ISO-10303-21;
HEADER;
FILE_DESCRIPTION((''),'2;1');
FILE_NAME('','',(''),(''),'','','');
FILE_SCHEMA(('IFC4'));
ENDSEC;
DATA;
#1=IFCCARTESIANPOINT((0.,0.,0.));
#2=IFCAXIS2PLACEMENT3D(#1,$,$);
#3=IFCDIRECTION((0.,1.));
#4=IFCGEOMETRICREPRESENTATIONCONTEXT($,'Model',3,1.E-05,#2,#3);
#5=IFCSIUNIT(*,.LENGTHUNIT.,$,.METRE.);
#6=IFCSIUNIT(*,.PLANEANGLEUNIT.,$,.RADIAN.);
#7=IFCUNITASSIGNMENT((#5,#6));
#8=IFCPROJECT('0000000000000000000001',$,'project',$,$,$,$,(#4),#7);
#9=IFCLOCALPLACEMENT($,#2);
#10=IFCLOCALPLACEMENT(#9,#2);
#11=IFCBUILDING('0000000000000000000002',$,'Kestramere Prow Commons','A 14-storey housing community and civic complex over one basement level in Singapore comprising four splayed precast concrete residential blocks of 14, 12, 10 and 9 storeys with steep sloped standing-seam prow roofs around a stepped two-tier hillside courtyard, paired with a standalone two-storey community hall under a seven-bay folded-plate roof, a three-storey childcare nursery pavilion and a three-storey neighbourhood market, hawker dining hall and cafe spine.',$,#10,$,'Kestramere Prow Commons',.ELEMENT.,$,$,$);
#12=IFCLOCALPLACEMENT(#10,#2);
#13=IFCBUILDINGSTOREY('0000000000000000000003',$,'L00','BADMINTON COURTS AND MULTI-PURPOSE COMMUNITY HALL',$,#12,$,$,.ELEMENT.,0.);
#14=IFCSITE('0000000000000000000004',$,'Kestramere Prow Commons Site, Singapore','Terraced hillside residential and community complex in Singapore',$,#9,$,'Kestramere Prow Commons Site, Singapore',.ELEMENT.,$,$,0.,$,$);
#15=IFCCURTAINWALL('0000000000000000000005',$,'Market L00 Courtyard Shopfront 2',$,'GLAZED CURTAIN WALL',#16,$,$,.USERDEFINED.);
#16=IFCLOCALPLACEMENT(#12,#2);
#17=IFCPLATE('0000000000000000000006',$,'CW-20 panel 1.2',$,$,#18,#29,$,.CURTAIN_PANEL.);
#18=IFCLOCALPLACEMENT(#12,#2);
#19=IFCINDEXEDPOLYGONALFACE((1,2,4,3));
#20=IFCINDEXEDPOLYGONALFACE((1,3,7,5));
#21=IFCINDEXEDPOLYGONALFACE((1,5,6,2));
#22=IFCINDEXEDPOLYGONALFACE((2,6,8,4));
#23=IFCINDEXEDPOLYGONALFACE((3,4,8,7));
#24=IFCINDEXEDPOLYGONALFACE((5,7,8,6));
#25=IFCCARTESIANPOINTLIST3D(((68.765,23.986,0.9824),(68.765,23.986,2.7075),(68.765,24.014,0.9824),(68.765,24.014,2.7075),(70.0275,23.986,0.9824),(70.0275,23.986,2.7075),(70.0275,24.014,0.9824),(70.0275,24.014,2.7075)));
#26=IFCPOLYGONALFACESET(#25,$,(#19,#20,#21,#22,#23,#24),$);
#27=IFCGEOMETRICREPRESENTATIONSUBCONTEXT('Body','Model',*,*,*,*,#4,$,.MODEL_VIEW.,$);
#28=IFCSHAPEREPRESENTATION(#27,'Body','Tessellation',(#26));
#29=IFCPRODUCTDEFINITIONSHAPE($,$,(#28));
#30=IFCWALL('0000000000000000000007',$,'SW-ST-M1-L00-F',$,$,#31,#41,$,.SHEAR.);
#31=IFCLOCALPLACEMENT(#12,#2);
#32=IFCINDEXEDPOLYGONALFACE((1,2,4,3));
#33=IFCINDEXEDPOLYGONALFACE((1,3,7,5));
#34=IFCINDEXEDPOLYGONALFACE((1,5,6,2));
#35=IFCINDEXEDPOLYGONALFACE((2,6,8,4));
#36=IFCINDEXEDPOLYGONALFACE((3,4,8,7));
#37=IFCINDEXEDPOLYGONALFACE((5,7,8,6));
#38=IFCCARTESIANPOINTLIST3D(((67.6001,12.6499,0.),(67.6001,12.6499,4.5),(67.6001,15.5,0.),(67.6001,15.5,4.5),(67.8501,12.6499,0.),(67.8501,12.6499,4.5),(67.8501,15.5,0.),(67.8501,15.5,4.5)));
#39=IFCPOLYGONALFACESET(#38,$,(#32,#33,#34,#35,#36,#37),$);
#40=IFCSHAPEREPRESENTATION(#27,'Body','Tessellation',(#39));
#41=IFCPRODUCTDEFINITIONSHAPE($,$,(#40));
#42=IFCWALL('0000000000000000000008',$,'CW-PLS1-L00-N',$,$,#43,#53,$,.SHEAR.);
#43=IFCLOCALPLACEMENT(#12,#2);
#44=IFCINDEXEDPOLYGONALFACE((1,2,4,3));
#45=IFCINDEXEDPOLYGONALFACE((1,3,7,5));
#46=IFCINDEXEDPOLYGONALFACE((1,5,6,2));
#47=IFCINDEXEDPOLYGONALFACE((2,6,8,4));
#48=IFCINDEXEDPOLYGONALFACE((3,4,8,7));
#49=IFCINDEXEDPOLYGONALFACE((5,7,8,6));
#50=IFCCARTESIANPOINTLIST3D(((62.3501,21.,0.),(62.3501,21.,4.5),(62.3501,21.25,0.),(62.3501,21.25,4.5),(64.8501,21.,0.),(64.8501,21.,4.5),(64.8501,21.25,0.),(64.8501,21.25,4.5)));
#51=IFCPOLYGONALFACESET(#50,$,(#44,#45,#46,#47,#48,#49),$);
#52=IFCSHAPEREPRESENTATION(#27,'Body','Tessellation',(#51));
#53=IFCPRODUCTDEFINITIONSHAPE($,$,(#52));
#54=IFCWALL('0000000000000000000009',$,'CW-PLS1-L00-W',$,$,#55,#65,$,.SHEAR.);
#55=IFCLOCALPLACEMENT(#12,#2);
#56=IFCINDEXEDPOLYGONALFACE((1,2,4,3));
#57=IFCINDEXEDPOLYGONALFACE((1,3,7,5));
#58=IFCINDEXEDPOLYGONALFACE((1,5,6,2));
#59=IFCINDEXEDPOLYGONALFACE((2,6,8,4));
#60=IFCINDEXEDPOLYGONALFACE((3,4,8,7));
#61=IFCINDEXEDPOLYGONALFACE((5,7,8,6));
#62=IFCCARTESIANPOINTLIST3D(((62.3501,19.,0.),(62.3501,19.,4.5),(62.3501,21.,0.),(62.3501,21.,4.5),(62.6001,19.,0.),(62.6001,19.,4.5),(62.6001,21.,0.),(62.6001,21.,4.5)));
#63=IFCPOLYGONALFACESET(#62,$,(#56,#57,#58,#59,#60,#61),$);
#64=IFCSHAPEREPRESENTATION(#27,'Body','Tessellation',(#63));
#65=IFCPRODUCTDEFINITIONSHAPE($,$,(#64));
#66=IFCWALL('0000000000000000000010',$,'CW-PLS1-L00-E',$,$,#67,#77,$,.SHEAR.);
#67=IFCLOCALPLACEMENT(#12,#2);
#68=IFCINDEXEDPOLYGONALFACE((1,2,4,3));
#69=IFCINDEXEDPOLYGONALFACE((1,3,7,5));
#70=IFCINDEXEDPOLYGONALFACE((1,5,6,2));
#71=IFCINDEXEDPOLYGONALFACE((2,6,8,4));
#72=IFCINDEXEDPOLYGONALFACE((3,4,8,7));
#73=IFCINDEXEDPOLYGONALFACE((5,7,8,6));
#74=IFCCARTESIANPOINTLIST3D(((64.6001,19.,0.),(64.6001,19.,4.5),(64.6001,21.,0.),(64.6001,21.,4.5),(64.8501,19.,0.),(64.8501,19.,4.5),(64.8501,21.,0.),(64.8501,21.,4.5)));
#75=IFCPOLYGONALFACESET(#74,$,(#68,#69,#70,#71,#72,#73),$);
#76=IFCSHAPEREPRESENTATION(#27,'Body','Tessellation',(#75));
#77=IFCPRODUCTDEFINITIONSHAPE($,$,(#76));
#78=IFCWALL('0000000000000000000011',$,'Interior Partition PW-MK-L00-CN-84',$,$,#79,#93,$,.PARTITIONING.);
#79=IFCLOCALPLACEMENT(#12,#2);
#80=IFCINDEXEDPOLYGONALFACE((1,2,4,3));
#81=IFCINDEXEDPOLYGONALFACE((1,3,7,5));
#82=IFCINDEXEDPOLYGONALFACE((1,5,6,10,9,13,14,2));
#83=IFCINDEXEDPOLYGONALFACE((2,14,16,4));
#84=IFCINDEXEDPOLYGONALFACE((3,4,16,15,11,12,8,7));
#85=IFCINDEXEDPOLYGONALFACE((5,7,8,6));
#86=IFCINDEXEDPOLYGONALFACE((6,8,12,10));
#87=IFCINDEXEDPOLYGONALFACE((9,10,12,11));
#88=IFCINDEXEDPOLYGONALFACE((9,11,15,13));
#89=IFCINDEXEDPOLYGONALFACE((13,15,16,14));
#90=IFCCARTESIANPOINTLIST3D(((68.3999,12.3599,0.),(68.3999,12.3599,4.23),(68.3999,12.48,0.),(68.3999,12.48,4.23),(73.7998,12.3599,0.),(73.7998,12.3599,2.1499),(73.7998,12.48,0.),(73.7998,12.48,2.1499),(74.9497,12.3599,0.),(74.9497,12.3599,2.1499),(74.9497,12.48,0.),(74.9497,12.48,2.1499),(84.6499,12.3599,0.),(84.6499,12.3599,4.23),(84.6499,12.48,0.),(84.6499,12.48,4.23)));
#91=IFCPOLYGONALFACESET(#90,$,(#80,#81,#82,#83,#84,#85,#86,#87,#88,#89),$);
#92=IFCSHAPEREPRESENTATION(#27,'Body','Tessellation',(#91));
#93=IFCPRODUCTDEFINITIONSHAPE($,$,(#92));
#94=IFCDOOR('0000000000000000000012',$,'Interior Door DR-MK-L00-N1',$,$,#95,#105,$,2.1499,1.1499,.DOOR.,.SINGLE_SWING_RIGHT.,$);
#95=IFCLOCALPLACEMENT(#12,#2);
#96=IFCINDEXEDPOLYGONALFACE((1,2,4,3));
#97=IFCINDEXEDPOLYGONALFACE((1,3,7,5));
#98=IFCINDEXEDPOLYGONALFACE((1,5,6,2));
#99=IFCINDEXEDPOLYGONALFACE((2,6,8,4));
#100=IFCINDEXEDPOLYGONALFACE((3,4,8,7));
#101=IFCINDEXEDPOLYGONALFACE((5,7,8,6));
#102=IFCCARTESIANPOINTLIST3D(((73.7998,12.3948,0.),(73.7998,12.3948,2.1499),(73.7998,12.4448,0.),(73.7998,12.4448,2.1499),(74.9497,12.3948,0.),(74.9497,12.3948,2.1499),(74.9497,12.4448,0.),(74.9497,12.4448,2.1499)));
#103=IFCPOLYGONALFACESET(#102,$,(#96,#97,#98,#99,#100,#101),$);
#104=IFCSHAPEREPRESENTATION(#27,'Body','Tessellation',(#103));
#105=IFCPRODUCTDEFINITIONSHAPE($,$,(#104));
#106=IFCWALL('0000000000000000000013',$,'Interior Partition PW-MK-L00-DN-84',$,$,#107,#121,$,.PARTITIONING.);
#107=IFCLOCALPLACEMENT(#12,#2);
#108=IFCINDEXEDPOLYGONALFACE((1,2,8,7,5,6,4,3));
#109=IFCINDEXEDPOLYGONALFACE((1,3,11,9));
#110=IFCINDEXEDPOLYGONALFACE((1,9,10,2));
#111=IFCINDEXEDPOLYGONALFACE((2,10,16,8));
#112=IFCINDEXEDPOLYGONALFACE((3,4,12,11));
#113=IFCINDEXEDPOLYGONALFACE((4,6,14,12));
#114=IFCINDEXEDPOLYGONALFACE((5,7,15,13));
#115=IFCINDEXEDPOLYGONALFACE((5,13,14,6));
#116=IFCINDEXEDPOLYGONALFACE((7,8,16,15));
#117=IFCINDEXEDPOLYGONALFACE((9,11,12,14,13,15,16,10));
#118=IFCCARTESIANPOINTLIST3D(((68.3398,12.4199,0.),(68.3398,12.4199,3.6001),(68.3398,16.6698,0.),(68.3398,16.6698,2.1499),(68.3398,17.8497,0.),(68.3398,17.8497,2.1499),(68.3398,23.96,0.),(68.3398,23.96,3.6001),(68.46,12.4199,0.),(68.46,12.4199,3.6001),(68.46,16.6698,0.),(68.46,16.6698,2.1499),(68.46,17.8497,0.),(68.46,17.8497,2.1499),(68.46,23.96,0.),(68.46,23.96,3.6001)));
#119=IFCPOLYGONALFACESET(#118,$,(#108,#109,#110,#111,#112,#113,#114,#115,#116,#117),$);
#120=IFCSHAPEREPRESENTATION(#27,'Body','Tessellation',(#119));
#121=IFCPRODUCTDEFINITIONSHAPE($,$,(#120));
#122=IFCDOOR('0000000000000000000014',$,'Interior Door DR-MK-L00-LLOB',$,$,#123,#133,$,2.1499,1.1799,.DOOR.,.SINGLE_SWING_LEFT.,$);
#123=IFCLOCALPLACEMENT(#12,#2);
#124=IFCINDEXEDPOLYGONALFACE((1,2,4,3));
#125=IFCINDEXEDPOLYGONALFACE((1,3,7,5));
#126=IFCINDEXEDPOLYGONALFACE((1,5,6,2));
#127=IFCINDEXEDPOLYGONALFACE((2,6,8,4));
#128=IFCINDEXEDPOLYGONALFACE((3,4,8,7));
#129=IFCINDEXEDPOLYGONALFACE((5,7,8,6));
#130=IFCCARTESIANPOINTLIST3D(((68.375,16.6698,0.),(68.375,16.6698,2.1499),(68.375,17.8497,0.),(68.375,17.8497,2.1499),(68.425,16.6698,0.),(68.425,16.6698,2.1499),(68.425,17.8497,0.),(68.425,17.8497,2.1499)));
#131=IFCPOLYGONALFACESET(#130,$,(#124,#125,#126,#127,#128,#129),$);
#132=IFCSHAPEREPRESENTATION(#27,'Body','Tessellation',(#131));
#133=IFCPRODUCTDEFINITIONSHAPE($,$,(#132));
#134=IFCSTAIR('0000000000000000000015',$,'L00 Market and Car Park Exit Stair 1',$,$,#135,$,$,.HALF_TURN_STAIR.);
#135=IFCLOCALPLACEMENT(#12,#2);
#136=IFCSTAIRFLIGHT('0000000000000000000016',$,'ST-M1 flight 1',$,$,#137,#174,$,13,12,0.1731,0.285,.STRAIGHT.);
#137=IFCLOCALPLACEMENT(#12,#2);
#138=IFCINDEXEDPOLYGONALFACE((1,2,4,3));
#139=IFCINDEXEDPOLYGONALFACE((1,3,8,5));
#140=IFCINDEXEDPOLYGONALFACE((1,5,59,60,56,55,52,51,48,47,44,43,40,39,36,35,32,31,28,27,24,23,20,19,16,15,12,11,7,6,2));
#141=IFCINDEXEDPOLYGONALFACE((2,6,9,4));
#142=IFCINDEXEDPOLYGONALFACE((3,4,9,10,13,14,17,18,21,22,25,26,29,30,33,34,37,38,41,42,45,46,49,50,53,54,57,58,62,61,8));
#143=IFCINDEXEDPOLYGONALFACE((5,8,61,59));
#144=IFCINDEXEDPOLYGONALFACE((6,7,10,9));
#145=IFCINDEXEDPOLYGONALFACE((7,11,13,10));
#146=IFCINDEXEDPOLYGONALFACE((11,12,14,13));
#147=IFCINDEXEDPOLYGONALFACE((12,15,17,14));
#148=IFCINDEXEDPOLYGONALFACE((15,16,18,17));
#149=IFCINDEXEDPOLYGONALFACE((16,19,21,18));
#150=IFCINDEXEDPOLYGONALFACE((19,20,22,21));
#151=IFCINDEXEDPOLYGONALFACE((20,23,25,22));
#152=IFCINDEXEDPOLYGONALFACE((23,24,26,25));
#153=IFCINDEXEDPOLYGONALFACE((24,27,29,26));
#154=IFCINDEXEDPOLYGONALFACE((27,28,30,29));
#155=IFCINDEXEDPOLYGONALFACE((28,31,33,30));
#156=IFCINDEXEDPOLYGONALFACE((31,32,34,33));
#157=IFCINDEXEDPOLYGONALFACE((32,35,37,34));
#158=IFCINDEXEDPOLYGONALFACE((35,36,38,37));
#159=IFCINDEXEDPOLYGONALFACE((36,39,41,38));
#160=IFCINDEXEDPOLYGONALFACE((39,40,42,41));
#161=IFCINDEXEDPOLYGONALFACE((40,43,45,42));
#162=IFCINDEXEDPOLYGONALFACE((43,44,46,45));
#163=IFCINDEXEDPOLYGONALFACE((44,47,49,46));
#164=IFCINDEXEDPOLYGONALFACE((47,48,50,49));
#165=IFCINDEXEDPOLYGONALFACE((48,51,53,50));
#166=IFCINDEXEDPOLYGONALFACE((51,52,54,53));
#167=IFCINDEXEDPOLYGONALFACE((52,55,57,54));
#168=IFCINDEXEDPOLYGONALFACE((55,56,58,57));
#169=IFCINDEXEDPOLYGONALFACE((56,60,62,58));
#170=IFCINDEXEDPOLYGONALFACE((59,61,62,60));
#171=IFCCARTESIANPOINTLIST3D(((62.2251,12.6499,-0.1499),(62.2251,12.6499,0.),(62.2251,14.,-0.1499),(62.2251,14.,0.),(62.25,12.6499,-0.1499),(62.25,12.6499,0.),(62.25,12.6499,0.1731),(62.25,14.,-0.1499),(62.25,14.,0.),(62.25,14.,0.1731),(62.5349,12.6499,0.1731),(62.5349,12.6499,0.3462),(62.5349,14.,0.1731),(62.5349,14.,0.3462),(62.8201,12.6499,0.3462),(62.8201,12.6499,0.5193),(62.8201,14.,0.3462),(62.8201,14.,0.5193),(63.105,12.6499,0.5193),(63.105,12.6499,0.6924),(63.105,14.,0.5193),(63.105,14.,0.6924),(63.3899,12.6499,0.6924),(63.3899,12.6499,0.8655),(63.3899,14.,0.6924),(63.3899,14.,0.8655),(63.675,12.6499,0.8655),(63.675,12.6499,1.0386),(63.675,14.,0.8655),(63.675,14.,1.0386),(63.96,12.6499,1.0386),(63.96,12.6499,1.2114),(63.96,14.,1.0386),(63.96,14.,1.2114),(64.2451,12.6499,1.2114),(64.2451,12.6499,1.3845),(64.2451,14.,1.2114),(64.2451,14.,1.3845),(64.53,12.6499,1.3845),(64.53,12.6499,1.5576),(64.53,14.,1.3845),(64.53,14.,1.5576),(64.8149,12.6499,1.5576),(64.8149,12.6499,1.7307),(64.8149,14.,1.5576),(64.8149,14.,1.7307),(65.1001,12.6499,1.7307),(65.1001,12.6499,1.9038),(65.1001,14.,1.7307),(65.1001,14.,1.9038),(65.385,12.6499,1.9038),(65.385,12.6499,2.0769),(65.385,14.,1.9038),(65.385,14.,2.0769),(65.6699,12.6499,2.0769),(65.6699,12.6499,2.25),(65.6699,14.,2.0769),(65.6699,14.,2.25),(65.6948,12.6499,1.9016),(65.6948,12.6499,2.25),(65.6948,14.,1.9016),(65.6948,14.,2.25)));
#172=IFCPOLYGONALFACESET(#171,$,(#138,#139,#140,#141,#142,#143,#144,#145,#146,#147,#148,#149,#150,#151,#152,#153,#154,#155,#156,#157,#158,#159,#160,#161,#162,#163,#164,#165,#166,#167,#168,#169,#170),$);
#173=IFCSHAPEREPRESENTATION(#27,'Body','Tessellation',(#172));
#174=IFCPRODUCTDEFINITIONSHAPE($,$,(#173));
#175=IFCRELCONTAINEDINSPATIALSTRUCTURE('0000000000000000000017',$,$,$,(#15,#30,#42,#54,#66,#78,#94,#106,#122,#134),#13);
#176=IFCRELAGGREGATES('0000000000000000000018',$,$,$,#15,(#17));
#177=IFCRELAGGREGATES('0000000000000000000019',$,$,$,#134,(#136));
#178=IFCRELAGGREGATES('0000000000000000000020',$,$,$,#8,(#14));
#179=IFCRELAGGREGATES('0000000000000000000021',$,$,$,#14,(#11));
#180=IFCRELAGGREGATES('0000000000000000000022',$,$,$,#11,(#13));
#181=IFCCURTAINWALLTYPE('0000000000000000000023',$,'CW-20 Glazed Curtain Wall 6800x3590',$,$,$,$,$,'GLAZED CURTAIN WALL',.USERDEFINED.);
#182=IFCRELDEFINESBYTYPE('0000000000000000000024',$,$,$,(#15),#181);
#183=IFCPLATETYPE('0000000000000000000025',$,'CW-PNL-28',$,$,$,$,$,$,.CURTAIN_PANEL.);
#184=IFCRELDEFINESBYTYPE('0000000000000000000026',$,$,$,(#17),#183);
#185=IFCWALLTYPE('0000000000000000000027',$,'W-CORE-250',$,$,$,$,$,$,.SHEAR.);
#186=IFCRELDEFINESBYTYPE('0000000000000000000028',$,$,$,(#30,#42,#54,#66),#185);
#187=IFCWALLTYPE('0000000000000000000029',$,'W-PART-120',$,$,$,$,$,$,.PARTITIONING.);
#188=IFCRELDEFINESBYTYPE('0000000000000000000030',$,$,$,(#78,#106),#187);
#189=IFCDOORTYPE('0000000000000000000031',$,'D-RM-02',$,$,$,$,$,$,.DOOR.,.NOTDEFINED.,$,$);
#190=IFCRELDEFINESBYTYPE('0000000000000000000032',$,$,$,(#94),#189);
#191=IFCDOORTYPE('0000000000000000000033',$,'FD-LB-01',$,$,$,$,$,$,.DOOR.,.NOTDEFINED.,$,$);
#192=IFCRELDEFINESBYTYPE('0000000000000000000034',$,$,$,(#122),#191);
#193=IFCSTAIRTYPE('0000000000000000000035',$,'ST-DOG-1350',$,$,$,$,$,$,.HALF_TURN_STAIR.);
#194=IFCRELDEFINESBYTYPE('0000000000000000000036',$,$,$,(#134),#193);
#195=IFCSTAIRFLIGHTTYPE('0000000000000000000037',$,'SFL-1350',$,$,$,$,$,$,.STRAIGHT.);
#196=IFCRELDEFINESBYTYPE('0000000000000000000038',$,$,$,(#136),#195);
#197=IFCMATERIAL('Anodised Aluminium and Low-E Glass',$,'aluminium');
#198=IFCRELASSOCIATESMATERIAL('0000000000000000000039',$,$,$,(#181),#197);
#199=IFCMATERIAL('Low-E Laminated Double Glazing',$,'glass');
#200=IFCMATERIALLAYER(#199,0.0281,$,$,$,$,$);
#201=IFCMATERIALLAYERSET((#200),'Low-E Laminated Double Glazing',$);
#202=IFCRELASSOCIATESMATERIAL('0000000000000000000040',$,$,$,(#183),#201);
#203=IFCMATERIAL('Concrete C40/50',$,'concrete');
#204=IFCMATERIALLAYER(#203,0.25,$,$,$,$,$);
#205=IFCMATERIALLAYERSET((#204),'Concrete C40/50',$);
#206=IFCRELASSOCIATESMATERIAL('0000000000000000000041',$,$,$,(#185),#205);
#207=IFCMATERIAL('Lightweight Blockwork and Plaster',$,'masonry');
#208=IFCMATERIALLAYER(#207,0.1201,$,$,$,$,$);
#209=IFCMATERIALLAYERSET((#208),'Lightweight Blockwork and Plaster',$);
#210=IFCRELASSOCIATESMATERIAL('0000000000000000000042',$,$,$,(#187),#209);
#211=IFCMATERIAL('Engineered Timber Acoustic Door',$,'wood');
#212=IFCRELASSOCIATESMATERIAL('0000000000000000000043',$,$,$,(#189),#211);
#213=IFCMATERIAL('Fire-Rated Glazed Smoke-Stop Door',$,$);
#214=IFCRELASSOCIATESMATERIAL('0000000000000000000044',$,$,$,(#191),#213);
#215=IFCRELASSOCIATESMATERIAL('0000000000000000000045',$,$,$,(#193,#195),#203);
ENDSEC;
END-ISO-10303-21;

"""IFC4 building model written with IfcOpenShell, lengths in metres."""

from ifc_helpers import new_model, si_unit, direction, frame, frame_2d, origin, origin_2d, place, context, subcontext, project, spatial, polyline, rectangle, outline, extrude, material, layer, layer_set, type_object, element, fill, aggregate, save


model = new_model("IFC4")

# Units and contexts
model_context = context("Model", 3, precision=1e-05, world=origin(), true_north=direction((0.0, 1.0)))
body_context = subcontext(model_context, "Body", "Model", "MODEL_VIEW")
ifc_project = project(units=[si_unit("LENGTHUNIT", "METRE"), si_unit("PLANEANGLEUNIT", "RADIAN")], contexts=[model_context])

# Site, building, storey
site_placement = place(None, origin())
site = spatial("IfcSite", under=ifc_project, at=site_placement, Name="Kestramere Prow Commons Site, Singapore", Description="Terraced hillside residential and community complex in Singapore", LongName="Kestramere Prow Commons Site, Singapore", CompositionType="ELEMENT", RefElevation=0.0)
building_placement = place(site_placement, origin())
building = spatial("IfcBuilding", under=site, at=building_placement, Name="Kestramere Prow Commons", Description="A 14-storey housing community and civic complex over one basement level in Singapore comprising four splayed precast concrete residential blocks of 14, 12, 10 and 9 storeys with steep sloped standing-seam prow roofs around a stepped two-tier hillside courtyard, paired with a standalone two-storey community hall under a seven-bay folded-plate roof, a three-storey childcare nursery pavilion and a three-storey neighbourhood market, hawker dining hall and cafe spine.", LongName="Kestramere Prow Commons", CompositionType="ELEMENT")
storey_placement = place(building_placement, origin())
storey = spatial("IfcBuildingStorey", under=building, at=storey_placement, Name="L00", Description="BADMINTON COURTS AND MULTI-PURPOSE COMMUNITY HALL", CompositionType="ELEMENT", Elevation=0.0)

# Shared definitions
ifc_material_1 = material(Name="Concrete C40/50", Category="concrete")

# Curtain wall
ifc_material_2 = material(Name="Anodised Aluminium and Low-E Glass", Category="aluminium")
curtain_wall_type = type_object("IfcCurtainWallType", Name="CW-20 Glazed Curtain Wall 6800x3590", ElementType="GLAZED CURTAIN WALL", PredefinedType="USERDEFINED", material=ifc_material_2)
curtain_wall_placement = place(storey_placement, origin())
curtain_wall = element("IfcCurtainWall", 1, at=curtain_wall_placement, inside=storey, type_object=curtain_wall_type, Name="Market L00 Courtyard Shopfront 2", ObjectType="GLAZED CURTAIN WALL", PredefinedType="USERDEFINED")

# Plate
ifc_material_3 = material(Name="Low-E Laminated Double Glazing", Category="glass")
ifc_layer_1 = layer(ifc_material_3, 0.0281)
ifc_layer_set_1 = layer_set([ifc_layer_1], Name="Low-E Laminated Double Glazing")
plate_type = type_object("IfcPlateType", Name="CW-PNL-28", PredefinedType="CURTAIN_PANEL", material=ifc_layer_set_1)
plate_1_placement = place(storey_placement, frame((69.3962, 24.0, 0.9824), z_axis=(0.0, 0.0, 1.0), x_axis=(1.0, 0.0, 0.0)))
plate_1 = element("IfcPlate", 2, at=plate_1_placement, type_object=plate_type, Name="CW-20 panel 1.2", PredefinedType="CURTAIN_PANEL", context=body_context, shape_type="SweptSolid", body=[
    extrude(rectangle(XDim=1.2625, YDim=0.0281, at=origin_2d()), origin(), (0.0, 0.0, 1.0), 1.7251),
])
aggregate(curtain_wall, [plate_1])

# Walls
ifc_layer_2 = layer(ifc_material_1, 0.25)
ifc_layer_set_2 = layer_set([ifc_layer_2], Name="Concrete C40/50")
wall_type_1 = type_object("IfcWallType", Name="W-CORE-250", PredefinedType="SHEAR", material=ifc_layer_set_2)
wall_1_placement = place(storey_placement, frame((67.7251, 12.6499, 0.0), z_axis=(0.0, 0.0, 1.0), x_axis=(0.0, 1.0, 0.0)))
element("IfcWall", 3, at=wall_1_placement, inside=storey, type_object=wall_type_1, Name="SW-ST-M1-L00-F", PredefinedType="SHEAR", context=body_context, shape_type="SweptSolid", body=[
    extrude(rectangle(XDim=2.8501, YDim=0.25, at=frame_2d((1.425, 0.0))), origin(), (0.0, 0.0, 1.0), 4.5),
])
wall_2_placement = place(storey_placement, frame((62.3501, 21.125, 0.0), z_axis=(0.0, 0.0, 1.0), x_axis=(1.0, 0.0, 0.0)))
element("IfcWall", 4, at=wall_2_placement, inside=storey, type_object=wall_type_1, Name="CW-PLS1-L00-N", PredefinedType="SHEAR", context=body_context, shape_type="SweptSolid", body=[
    extrude(rectangle(XDim=2.5, YDim=0.25, at=frame_2d((1.25, 0.0))), origin(), (0.0, 0.0, 1.0), 4.5),
])

# Walls
for number, where, z_axis, x_axis, name in (
    (5, (62.4751, 19.0, 0.0), (0.0, 0.0, 1.0), (0.0, 1.0, 0.0), "CW-PLS1-L00-W"),
    (6, (64.7251, 19.0, 0.0), (0.0, 0.0, 1.0), (0.0, 1.0, 0.0), "CW-PLS1-L00-E"),
):
    element("IfcWall", number, at=place(storey_placement, frame(where, z_axis=z_axis, x_axis=x_axis)), inside=storey, type_object=wall_type_1, Name=name, PredefinedType="SHEAR", context=body_context, shape_type="SweptSolid", body=[
        extrude(rectangle(XDim=2.0, YDim=0.25, at=frame_2d((1.0, 0.0))), origin(), (0.0, 0.0, 1.0), 4.5),
    ])

# Walls, openings, doors
ifc_material_4 = material(Name="Lightweight Blockwork and Plaster", Category="masonry")
ifc_layer_3 = layer(ifc_material_4, 0.1201)
ifc_layer_set_3 = layer_set([ifc_layer_3], Name="Lightweight Blockwork and Plaster")
wall_type_2 = type_object("IfcWallType", Name="W-PART-120", PredefinedType="PARTITIONING", material=ifc_layer_set_3)
wall_3_placement = place(storey_placement, frame((68.3999, 12.4199, 0.0), z_axis=(0.0, 0.0, 1.0), x_axis=(1.0, 0.0, 0.0)))
wall_3 = element("IfcWall", 7, at=wall_3_placement, inside=storey, type_object=wall_type_2, Name="Interior Partition PW-MK-L00-CN-84", PredefinedType="PARTITIONING", context=body_context, shape_type="SweptSolid", body=[
    extrude(rectangle(XDim=16.25, YDim=0.1201, at=frame_2d((8.125, 0.0))), origin(), (0.0, 0.0, 1.0), 4.23),
])
opening_1_placement = place(wall_3_placement, frame((5.3999, 0.0, 0.0)))
opening_1 = element("IfcOpeningElement", 8, at=opening_1_placement, cuts=wall_3, PredefinedType="OPENING", context=body_context, shape_type="SweptSolid", body=[
    extrude(rectangle(XDim=1.1499, YDim=2.1499, at=frame_2d((0.575, 1.075))), frame((0.0, 0.075, 0.0), z_axis=(0.0, -1.0, 0.0), x_axis=(1.0, 0.0, 0.0)), (0.0, 0.0, 1.0), 0.1501),
])
ifc_material_5 = material(Name="Engineered Timber Acoustic Door", Category="wood")
door_type_1 = type_object("IfcDoorType", Name="D-RM-02", OperationType="NOTDEFINED", PredefinedType="DOOR", material=ifc_material_5)
door_1_placement = place(opening_1_placement, origin())
door_1 = element("IfcDoor", 9, at=door_1_placement, inside=storey, type_object=door_type_1, Name="Interior Door DR-MK-L00-N1", OperationType="SINGLE_SWING_RIGHT", OverallHeight=2.1499, OverallWidth=1.1499, PredefinedType="DOOR", context=body_context, shape_type="SweptSolid", body=[
    extrude(rectangle(XDim=1.1499, YDim=2.1499, at=frame_2d((0.575, 1.075))), frame((0.0, 0.0249, 0.0), z_axis=(0.0, -1.0, 0.0), x_axis=(1.0, 0.0, 0.0)), (0.0, 0.0, 1.0), 0.05),
])
fill(opening_1, door_1)
wall_4_placement = place(storey_placement, frame((68.3999, 12.4199, 0.0), z_axis=(0.0, 0.0, 1.0), x_axis=(0.0, 1.0, 0.0)))
wall_4 = element("IfcWall", 10, at=wall_4_placement, inside=storey, type_object=wall_type_2, Name="Interior Partition PW-MK-L00-DN-84", PredefinedType="PARTITIONING", context=body_context, shape_type="SweptSolid", body=[
    extrude(rectangle(XDim=11.54, YDim=0.1201, at=frame_2d((5.77, 0.0))), origin(), (0.0, 0.0, 1.0), 3.6001),
])
opening_2_placement = place(wall_4_placement, frame((4.25, 0.0, 0.0)))
opening_2 = element("IfcOpeningElement", 11, at=opening_2_placement, cuts=wall_4, PredefinedType="OPENING", context=body_context, shape_type="SweptSolid", body=[
    extrude(rectangle(XDim=1.1799, YDim=2.1499, at=frame_2d((0.5898, 1.075))), frame((0.0, 0.075, 0.0), z_axis=(0.0, -1.0, 0.0), x_axis=(1.0, 0.0, 0.0)), (0.0, 0.0, 1.0), 0.1501),
])
ifc_material_6 = material(Name="Fire-Rated Glazed Smoke-Stop Door")
door_type_2 = type_object("IfcDoorType", Name="FD-LB-01", OperationType="NOTDEFINED", PredefinedType="DOOR", material=ifc_material_6)
door_2_placement = place(opening_2_placement, origin())
door_2 = element("IfcDoor", 12, at=door_2_placement, inside=storey, type_object=door_type_2, Name="Interior Door DR-MK-L00-LLOB", OperationType="SINGLE_SWING_LEFT", OverallHeight=2.1499, OverallWidth=1.1799, PredefinedType="DOOR", context=body_context, shape_type="SweptSolid", body=[
    extrude(rectangle(XDim=1.1799, YDim=2.1499, at=frame_2d((0.5898, 1.075))), frame((0.0, 0.0249, 0.0), z_axis=(0.0, -1.0, 0.0), x_axis=(1.0, 0.0, 0.0)), (0.0, 0.0, 1.0), 0.05),
])
fill(opening_2, door_2)

# Stair, stair flight
stair_type = type_object("IfcStairType", Name="ST-DOG-1350", PredefinedType="HALF_TURN_STAIR", material=ifc_material_1)
stair_placement = place(storey_placement, origin())
stair = element("IfcStair", 13, at=stair_placement, inside=storey, type_object=stair_type, Name="L00 Market and Car Park Exit Stair 1", PredefinedType="HALF_TURN_STAIR")
stair_flight_type = type_object("IfcStairFlightType", Name="SFL-1350", PredefinedType="STRAIGHT", material=ifc_material_1)
stair_flight_1_placement = place(storey_placement, frame((62.25, 13.325, 0.0), z_axis=(0.0, 0.0, 1.0), x_axis=(1.0, 0.0, 0.0)))
stair_flight_1 = element("IfcStairFlight", 14, at=stair_flight_1_placement, type_object=stair_flight_type, Name="ST-M1 flight 1", NumberOfRisers=13, NumberOfTreads=12, PredefinedType="STRAIGHT", RiserHeight=0.1731, TreadLength=0.285, context=body_context, shape_type="SweptSolid", body=[
    extrude(outline(polyline([(-0.0249, 0.0), (0.0, 0.0), (0.0, 0.1731), (0.2849, 0.1731), (0.2849, 0.3462), (0.5701, 0.3462), (0.5701, 0.5193), (0.855, 0.5193), (0.855, 0.6924), (1.1399, 0.6924), (1.1399, 0.8655), (1.425, 0.8655), (1.425, 1.0386), (1.71, 1.0386), (1.71, 1.2114), (1.9951, 1.2114), (1.9951, 1.3845), (2.28, 1.3845), (2.28, 1.5576), (2.5649, 1.5576), (2.5649, 1.7307), (2.8501, 1.7307), (2.8501, 1.9038), (3.135, 1.9038), (3.135, 2.0769), (3.4199, 2.0769), (3.4199, 2.25), (3.4448, 2.25), (3.4448, 1.9016), (0.0, -0.1499), (-0.0249, -0.1499), (-0.0249, 0.0)])), frame((0.0, 0.675, 0.0), z_axis=(0.0, -1.0, 0.0), x_axis=(1.0, 0.0, 0.0)), (0.0, 0.0, 1.0), 1.3501),
])
aggregate(stair, [stair_flight_1])

save(model, "model.ifc")
